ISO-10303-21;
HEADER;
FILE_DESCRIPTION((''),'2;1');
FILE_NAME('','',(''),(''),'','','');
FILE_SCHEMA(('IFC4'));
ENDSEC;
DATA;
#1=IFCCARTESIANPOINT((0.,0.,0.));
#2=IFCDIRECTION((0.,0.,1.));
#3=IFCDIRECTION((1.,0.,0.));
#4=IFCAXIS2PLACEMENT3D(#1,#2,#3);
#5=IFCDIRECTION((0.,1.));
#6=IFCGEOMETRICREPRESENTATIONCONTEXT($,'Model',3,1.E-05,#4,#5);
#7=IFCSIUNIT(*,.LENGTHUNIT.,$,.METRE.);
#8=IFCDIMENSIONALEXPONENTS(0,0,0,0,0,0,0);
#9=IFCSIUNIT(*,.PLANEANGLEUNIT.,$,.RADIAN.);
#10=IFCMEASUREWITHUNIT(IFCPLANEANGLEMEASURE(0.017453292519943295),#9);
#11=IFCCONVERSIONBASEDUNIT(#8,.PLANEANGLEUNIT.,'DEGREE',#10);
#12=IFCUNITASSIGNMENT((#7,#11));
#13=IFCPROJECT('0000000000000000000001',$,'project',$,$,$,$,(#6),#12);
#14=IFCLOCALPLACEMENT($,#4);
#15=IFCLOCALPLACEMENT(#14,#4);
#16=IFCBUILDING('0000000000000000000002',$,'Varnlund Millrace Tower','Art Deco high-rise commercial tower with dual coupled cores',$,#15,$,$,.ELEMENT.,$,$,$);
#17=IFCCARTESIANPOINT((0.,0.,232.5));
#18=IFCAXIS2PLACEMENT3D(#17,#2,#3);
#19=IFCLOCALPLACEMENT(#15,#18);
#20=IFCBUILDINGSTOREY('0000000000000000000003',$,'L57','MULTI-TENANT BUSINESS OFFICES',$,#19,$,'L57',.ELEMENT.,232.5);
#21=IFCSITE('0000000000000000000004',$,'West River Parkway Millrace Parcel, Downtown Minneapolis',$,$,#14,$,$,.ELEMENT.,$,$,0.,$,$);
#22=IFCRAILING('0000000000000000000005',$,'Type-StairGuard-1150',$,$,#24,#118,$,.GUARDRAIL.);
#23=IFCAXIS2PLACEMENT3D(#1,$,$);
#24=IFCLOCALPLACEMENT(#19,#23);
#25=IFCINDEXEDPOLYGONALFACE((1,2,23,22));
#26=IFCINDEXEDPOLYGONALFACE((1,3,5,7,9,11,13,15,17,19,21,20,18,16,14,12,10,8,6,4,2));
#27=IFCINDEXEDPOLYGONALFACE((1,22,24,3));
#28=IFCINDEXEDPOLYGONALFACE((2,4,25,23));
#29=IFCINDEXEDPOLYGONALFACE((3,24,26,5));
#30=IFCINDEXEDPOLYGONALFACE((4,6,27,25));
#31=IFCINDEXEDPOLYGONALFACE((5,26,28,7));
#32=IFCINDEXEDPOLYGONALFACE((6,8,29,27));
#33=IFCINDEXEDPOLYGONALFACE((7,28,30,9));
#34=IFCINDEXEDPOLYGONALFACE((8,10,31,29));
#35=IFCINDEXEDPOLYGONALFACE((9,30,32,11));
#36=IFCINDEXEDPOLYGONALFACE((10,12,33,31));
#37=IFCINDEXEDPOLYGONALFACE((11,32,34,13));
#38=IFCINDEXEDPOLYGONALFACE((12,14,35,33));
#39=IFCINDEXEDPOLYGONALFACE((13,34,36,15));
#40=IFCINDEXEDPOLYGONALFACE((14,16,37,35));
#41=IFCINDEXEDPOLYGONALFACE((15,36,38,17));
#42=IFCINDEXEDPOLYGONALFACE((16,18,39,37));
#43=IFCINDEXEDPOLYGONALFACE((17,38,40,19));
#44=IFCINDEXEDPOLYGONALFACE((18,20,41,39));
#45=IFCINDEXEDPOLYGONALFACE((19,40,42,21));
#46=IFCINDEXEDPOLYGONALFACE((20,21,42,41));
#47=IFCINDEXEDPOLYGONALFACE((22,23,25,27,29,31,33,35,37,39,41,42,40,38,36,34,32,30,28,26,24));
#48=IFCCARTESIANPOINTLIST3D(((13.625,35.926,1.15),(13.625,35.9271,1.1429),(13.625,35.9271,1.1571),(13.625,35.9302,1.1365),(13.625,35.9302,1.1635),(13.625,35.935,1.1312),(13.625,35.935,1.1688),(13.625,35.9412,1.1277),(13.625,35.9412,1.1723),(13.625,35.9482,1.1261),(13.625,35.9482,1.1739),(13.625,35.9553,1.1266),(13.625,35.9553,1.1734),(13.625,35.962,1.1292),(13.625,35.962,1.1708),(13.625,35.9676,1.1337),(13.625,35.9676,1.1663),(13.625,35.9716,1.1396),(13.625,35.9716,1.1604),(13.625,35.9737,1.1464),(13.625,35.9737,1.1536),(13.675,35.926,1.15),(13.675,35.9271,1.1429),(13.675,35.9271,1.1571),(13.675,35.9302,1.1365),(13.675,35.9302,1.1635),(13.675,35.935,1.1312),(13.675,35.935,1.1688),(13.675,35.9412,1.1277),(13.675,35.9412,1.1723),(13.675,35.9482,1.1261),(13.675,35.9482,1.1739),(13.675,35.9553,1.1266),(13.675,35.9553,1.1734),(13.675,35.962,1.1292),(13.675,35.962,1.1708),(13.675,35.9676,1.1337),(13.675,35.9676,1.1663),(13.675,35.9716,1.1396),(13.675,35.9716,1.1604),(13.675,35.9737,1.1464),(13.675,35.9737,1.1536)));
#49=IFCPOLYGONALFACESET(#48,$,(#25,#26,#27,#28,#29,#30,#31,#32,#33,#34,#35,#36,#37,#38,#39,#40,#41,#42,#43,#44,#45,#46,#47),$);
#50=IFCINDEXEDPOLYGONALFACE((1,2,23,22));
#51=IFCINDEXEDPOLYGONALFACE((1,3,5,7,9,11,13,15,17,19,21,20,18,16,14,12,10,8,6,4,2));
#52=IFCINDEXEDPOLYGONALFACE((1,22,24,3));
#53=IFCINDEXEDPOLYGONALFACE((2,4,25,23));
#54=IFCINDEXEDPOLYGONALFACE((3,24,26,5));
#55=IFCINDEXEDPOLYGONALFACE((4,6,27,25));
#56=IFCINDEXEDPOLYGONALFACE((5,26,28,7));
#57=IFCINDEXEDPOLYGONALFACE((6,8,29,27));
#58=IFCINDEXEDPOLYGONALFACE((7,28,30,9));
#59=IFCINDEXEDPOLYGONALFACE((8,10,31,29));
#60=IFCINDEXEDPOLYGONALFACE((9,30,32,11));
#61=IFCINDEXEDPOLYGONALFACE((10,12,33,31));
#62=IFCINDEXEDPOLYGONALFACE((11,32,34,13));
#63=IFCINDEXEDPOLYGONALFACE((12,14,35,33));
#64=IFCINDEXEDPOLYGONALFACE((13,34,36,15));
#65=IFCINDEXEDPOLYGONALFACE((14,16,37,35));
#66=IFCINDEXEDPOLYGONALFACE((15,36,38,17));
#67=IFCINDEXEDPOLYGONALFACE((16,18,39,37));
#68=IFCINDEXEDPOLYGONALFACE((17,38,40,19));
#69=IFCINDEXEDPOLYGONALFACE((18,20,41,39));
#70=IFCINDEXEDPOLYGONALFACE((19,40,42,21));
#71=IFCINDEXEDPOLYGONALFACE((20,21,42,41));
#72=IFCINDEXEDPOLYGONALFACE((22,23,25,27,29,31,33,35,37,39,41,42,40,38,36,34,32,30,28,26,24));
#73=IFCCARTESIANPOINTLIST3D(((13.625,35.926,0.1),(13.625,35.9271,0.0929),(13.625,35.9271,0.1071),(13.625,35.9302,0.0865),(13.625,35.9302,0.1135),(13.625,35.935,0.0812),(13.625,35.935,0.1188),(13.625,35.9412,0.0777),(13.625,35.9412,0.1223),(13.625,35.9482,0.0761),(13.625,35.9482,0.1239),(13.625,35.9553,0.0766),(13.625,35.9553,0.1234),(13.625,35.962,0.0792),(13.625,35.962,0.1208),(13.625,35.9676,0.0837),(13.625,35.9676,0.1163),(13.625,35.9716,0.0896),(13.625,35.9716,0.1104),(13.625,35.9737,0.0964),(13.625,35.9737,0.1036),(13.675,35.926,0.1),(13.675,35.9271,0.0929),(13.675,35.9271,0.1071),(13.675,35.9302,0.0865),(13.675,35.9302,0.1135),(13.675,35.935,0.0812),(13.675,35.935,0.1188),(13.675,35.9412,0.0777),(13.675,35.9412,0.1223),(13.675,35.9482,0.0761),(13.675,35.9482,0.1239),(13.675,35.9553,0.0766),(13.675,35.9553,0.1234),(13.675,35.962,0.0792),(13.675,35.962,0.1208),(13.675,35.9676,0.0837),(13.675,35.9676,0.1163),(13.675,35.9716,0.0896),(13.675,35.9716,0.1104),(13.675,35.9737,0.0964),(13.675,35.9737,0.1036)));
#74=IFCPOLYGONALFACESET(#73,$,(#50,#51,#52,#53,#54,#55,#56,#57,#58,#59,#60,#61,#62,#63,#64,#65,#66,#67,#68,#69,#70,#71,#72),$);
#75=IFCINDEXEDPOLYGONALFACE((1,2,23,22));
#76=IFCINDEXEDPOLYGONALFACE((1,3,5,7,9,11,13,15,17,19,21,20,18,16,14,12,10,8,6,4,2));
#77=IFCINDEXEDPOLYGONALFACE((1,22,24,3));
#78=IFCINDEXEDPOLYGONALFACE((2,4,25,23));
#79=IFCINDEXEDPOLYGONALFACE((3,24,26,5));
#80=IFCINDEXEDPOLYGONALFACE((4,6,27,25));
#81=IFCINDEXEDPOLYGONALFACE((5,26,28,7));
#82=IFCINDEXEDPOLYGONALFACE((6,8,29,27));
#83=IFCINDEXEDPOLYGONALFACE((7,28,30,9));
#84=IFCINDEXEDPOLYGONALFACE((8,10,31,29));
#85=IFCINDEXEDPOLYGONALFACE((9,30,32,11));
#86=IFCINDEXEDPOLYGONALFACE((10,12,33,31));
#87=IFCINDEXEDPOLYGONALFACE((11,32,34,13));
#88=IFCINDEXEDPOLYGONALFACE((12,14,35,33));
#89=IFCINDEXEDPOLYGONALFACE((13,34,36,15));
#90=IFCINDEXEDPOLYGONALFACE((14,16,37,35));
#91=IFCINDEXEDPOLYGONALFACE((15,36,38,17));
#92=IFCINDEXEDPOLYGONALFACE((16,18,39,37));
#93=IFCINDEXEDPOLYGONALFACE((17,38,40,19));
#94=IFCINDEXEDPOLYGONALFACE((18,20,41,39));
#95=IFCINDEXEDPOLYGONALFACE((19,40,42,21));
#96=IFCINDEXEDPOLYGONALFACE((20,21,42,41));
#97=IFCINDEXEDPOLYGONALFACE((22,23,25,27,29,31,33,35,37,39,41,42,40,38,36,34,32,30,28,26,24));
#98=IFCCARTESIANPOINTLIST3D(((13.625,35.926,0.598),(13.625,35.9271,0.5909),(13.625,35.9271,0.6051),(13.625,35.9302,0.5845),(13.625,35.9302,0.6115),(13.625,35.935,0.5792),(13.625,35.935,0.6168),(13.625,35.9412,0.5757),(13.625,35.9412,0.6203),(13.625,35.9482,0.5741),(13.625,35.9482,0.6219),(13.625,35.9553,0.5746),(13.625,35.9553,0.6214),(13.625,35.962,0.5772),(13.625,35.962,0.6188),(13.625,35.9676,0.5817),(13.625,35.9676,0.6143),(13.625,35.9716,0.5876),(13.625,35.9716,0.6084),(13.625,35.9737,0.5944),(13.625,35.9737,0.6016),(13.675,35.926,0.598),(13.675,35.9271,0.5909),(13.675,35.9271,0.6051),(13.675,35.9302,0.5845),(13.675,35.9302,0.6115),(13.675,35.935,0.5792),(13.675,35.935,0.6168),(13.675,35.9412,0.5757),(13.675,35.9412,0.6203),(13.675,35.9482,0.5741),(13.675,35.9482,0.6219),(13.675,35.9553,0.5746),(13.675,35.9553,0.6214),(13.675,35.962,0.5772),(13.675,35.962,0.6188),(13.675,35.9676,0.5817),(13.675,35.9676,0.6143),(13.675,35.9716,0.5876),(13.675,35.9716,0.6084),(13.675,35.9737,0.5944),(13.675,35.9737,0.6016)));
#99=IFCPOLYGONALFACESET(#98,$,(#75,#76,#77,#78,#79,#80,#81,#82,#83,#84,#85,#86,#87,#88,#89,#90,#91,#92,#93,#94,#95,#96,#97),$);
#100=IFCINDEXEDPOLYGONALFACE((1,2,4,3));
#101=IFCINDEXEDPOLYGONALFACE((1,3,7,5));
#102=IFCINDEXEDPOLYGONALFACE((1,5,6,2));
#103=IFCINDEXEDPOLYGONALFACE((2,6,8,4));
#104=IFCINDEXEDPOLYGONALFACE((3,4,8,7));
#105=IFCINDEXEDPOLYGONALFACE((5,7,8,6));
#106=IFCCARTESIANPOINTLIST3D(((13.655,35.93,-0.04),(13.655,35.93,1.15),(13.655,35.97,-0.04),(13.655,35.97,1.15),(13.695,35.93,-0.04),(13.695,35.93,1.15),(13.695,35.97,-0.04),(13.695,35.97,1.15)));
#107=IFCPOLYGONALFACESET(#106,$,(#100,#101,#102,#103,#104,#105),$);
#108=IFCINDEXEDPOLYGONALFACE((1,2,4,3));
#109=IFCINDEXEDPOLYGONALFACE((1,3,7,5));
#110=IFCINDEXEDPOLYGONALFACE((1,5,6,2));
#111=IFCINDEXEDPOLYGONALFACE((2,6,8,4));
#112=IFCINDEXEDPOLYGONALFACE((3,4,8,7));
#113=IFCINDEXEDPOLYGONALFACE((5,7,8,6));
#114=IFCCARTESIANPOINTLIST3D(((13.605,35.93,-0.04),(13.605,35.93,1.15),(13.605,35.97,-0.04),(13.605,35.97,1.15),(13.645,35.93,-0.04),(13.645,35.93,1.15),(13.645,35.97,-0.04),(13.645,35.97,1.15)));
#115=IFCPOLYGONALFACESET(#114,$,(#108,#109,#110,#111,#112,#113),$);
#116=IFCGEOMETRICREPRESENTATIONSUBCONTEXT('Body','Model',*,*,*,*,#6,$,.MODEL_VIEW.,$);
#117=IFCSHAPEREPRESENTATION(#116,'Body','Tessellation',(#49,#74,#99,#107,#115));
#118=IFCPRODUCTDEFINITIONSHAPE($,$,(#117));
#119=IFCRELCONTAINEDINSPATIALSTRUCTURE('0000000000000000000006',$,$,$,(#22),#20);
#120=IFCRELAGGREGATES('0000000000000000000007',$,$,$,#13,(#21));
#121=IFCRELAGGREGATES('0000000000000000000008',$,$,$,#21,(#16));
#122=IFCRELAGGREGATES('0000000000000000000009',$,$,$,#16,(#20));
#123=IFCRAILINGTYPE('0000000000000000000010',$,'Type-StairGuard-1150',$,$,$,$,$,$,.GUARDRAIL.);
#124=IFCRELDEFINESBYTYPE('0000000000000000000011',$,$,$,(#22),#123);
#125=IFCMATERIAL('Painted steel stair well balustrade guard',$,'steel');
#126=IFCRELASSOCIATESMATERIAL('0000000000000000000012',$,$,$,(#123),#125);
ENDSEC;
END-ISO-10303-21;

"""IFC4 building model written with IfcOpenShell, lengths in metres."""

from ifc_helpers import new_model, entity, si_unit, converted_unit, direction, frame, origin_with_axes, origin_2d_with_axis, place, context, subcontext, project, spatial, rectangle, circle, extrude, material, type_object, element, save


model = new_model("IFC4")

# Units and contexts
model_context = context("Model", 3, precision=1e-05, world=origin_with_axes(), true_north=direction((0.0, 1.0)))
body_context = subcontext(model_context, "Body", "Model", "MODEL_VIEW")
ifc_project = project(units=[si_unit("LENGTHUNIT", "METRE"), converted_unit("PLANEANGLEUNIT", "DEGREE", entity("IfcPlaneAngleMeasure", 0.017453292519943295), si_unit("PLANEANGLEUNIT", "RADIAN"), dimensions=[0, 0, 0, 0, 0, 0, 0])], contexts=[model_context])

# Site, building, storey
site_placement = place(None, origin_with_axes())
site = spatial("IfcSite", under=ifc_project, at=site_placement, Name="West River Parkway Millrace Parcel, Downtown Minneapolis", CompositionType="ELEMENT", RefElevation=0.0)
building_placement = place(site_placement, origin_with_axes())
building = spatial("IfcBuilding", under=site, at=building_placement, Name="Varnlund Millrace Tower", Description="Art Deco high-rise commercial tower with dual coupled cores", CompositionType="ELEMENT")
storey_placement = place(building_placement, frame((0.0, 0.0, 232.5), z_axis=(0.0, 0.0, 1.0), x_axis=(1.0, 0.0, 0.0)))
storey = spatial("IfcBuildingStorey", under=building, at=storey_placement, Name="L57", Description="MULTI-TENANT BUSINESS OFFICES", LongName="L57", CompositionType="ELEMENT", Elevation=232.5)

# Railing
ifc_material_1 = material(Name="Painted steel stair well balustrade guard", Category="steel")
railing_type_1 = type_object("IfcRailingType", Name="Type-StairGuard-1150", PredefinedType="GUARDRAIL", material=ifc_material_1)
railing_1_placement = place(storey_placement, frame((0.0, 0.0, -232.5), z_axis=(0.0, 0.0, 1.0), x_axis=(1.0, 0.0, 0.0)))
element("IfcRailing", 1, at=railing_1_placement, inside=storey, type_object=railing_type_1, Name="Type-StairGuard-1150", PredefinedType="GUARDRAIL", context=body_context, shape_type="SweptSolid", body=[
    extrude(circle(Radius=0.024, at=origin_2d_with_axis()), frame((13.675, 35.95, 233.65), z_axis=(-1.0, 0.0, 0.0), x_axis=(0.0, -1.0, 0.0)), (0.0, 0.0, 1.0), 0.05),
    extrude(circle(Radius=0.024, at=origin_2d_with_axis()), frame((13.675, 35.95, 232.6), z_axis=(-1.0, 0.0, 0.0), x_axis=(0.0, -1.0, 0.0)), (0.0, 0.0, 1.0), 0.05),
    extrude(circle(Radius=0.024, at=origin_2d_with_axis()), frame((13.675, 35.95, 233.098), z_axis=(-1.0, 0.0, 0.0), x_axis=(0.0, -1.0, 0.0)), (0.0, 0.0, 1.0), 0.05),
    extrude(rectangle(XDim=0.04, YDim=0.04, at=origin_2d_with_axis()), frame((13.675, 35.95, 232.46), z_axis=(0.0, 0.0, 1.0), x_axis=(1.0, 0.0, 0.0)), (0.0, 0.0, 1.0), 1.19),
    extrude(rectangle(XDim=0.04, YDim=0.04, at=origin_2d_with_axis()), frame((13.625, 35.95, 232.46), z_axis=(0.0, 0.0, 1.0), x_axis=(1.0, 0.0, 0.0)), (0.0, 0.0, 1.0), 1.19),
])

save(model, "model.ifc")
